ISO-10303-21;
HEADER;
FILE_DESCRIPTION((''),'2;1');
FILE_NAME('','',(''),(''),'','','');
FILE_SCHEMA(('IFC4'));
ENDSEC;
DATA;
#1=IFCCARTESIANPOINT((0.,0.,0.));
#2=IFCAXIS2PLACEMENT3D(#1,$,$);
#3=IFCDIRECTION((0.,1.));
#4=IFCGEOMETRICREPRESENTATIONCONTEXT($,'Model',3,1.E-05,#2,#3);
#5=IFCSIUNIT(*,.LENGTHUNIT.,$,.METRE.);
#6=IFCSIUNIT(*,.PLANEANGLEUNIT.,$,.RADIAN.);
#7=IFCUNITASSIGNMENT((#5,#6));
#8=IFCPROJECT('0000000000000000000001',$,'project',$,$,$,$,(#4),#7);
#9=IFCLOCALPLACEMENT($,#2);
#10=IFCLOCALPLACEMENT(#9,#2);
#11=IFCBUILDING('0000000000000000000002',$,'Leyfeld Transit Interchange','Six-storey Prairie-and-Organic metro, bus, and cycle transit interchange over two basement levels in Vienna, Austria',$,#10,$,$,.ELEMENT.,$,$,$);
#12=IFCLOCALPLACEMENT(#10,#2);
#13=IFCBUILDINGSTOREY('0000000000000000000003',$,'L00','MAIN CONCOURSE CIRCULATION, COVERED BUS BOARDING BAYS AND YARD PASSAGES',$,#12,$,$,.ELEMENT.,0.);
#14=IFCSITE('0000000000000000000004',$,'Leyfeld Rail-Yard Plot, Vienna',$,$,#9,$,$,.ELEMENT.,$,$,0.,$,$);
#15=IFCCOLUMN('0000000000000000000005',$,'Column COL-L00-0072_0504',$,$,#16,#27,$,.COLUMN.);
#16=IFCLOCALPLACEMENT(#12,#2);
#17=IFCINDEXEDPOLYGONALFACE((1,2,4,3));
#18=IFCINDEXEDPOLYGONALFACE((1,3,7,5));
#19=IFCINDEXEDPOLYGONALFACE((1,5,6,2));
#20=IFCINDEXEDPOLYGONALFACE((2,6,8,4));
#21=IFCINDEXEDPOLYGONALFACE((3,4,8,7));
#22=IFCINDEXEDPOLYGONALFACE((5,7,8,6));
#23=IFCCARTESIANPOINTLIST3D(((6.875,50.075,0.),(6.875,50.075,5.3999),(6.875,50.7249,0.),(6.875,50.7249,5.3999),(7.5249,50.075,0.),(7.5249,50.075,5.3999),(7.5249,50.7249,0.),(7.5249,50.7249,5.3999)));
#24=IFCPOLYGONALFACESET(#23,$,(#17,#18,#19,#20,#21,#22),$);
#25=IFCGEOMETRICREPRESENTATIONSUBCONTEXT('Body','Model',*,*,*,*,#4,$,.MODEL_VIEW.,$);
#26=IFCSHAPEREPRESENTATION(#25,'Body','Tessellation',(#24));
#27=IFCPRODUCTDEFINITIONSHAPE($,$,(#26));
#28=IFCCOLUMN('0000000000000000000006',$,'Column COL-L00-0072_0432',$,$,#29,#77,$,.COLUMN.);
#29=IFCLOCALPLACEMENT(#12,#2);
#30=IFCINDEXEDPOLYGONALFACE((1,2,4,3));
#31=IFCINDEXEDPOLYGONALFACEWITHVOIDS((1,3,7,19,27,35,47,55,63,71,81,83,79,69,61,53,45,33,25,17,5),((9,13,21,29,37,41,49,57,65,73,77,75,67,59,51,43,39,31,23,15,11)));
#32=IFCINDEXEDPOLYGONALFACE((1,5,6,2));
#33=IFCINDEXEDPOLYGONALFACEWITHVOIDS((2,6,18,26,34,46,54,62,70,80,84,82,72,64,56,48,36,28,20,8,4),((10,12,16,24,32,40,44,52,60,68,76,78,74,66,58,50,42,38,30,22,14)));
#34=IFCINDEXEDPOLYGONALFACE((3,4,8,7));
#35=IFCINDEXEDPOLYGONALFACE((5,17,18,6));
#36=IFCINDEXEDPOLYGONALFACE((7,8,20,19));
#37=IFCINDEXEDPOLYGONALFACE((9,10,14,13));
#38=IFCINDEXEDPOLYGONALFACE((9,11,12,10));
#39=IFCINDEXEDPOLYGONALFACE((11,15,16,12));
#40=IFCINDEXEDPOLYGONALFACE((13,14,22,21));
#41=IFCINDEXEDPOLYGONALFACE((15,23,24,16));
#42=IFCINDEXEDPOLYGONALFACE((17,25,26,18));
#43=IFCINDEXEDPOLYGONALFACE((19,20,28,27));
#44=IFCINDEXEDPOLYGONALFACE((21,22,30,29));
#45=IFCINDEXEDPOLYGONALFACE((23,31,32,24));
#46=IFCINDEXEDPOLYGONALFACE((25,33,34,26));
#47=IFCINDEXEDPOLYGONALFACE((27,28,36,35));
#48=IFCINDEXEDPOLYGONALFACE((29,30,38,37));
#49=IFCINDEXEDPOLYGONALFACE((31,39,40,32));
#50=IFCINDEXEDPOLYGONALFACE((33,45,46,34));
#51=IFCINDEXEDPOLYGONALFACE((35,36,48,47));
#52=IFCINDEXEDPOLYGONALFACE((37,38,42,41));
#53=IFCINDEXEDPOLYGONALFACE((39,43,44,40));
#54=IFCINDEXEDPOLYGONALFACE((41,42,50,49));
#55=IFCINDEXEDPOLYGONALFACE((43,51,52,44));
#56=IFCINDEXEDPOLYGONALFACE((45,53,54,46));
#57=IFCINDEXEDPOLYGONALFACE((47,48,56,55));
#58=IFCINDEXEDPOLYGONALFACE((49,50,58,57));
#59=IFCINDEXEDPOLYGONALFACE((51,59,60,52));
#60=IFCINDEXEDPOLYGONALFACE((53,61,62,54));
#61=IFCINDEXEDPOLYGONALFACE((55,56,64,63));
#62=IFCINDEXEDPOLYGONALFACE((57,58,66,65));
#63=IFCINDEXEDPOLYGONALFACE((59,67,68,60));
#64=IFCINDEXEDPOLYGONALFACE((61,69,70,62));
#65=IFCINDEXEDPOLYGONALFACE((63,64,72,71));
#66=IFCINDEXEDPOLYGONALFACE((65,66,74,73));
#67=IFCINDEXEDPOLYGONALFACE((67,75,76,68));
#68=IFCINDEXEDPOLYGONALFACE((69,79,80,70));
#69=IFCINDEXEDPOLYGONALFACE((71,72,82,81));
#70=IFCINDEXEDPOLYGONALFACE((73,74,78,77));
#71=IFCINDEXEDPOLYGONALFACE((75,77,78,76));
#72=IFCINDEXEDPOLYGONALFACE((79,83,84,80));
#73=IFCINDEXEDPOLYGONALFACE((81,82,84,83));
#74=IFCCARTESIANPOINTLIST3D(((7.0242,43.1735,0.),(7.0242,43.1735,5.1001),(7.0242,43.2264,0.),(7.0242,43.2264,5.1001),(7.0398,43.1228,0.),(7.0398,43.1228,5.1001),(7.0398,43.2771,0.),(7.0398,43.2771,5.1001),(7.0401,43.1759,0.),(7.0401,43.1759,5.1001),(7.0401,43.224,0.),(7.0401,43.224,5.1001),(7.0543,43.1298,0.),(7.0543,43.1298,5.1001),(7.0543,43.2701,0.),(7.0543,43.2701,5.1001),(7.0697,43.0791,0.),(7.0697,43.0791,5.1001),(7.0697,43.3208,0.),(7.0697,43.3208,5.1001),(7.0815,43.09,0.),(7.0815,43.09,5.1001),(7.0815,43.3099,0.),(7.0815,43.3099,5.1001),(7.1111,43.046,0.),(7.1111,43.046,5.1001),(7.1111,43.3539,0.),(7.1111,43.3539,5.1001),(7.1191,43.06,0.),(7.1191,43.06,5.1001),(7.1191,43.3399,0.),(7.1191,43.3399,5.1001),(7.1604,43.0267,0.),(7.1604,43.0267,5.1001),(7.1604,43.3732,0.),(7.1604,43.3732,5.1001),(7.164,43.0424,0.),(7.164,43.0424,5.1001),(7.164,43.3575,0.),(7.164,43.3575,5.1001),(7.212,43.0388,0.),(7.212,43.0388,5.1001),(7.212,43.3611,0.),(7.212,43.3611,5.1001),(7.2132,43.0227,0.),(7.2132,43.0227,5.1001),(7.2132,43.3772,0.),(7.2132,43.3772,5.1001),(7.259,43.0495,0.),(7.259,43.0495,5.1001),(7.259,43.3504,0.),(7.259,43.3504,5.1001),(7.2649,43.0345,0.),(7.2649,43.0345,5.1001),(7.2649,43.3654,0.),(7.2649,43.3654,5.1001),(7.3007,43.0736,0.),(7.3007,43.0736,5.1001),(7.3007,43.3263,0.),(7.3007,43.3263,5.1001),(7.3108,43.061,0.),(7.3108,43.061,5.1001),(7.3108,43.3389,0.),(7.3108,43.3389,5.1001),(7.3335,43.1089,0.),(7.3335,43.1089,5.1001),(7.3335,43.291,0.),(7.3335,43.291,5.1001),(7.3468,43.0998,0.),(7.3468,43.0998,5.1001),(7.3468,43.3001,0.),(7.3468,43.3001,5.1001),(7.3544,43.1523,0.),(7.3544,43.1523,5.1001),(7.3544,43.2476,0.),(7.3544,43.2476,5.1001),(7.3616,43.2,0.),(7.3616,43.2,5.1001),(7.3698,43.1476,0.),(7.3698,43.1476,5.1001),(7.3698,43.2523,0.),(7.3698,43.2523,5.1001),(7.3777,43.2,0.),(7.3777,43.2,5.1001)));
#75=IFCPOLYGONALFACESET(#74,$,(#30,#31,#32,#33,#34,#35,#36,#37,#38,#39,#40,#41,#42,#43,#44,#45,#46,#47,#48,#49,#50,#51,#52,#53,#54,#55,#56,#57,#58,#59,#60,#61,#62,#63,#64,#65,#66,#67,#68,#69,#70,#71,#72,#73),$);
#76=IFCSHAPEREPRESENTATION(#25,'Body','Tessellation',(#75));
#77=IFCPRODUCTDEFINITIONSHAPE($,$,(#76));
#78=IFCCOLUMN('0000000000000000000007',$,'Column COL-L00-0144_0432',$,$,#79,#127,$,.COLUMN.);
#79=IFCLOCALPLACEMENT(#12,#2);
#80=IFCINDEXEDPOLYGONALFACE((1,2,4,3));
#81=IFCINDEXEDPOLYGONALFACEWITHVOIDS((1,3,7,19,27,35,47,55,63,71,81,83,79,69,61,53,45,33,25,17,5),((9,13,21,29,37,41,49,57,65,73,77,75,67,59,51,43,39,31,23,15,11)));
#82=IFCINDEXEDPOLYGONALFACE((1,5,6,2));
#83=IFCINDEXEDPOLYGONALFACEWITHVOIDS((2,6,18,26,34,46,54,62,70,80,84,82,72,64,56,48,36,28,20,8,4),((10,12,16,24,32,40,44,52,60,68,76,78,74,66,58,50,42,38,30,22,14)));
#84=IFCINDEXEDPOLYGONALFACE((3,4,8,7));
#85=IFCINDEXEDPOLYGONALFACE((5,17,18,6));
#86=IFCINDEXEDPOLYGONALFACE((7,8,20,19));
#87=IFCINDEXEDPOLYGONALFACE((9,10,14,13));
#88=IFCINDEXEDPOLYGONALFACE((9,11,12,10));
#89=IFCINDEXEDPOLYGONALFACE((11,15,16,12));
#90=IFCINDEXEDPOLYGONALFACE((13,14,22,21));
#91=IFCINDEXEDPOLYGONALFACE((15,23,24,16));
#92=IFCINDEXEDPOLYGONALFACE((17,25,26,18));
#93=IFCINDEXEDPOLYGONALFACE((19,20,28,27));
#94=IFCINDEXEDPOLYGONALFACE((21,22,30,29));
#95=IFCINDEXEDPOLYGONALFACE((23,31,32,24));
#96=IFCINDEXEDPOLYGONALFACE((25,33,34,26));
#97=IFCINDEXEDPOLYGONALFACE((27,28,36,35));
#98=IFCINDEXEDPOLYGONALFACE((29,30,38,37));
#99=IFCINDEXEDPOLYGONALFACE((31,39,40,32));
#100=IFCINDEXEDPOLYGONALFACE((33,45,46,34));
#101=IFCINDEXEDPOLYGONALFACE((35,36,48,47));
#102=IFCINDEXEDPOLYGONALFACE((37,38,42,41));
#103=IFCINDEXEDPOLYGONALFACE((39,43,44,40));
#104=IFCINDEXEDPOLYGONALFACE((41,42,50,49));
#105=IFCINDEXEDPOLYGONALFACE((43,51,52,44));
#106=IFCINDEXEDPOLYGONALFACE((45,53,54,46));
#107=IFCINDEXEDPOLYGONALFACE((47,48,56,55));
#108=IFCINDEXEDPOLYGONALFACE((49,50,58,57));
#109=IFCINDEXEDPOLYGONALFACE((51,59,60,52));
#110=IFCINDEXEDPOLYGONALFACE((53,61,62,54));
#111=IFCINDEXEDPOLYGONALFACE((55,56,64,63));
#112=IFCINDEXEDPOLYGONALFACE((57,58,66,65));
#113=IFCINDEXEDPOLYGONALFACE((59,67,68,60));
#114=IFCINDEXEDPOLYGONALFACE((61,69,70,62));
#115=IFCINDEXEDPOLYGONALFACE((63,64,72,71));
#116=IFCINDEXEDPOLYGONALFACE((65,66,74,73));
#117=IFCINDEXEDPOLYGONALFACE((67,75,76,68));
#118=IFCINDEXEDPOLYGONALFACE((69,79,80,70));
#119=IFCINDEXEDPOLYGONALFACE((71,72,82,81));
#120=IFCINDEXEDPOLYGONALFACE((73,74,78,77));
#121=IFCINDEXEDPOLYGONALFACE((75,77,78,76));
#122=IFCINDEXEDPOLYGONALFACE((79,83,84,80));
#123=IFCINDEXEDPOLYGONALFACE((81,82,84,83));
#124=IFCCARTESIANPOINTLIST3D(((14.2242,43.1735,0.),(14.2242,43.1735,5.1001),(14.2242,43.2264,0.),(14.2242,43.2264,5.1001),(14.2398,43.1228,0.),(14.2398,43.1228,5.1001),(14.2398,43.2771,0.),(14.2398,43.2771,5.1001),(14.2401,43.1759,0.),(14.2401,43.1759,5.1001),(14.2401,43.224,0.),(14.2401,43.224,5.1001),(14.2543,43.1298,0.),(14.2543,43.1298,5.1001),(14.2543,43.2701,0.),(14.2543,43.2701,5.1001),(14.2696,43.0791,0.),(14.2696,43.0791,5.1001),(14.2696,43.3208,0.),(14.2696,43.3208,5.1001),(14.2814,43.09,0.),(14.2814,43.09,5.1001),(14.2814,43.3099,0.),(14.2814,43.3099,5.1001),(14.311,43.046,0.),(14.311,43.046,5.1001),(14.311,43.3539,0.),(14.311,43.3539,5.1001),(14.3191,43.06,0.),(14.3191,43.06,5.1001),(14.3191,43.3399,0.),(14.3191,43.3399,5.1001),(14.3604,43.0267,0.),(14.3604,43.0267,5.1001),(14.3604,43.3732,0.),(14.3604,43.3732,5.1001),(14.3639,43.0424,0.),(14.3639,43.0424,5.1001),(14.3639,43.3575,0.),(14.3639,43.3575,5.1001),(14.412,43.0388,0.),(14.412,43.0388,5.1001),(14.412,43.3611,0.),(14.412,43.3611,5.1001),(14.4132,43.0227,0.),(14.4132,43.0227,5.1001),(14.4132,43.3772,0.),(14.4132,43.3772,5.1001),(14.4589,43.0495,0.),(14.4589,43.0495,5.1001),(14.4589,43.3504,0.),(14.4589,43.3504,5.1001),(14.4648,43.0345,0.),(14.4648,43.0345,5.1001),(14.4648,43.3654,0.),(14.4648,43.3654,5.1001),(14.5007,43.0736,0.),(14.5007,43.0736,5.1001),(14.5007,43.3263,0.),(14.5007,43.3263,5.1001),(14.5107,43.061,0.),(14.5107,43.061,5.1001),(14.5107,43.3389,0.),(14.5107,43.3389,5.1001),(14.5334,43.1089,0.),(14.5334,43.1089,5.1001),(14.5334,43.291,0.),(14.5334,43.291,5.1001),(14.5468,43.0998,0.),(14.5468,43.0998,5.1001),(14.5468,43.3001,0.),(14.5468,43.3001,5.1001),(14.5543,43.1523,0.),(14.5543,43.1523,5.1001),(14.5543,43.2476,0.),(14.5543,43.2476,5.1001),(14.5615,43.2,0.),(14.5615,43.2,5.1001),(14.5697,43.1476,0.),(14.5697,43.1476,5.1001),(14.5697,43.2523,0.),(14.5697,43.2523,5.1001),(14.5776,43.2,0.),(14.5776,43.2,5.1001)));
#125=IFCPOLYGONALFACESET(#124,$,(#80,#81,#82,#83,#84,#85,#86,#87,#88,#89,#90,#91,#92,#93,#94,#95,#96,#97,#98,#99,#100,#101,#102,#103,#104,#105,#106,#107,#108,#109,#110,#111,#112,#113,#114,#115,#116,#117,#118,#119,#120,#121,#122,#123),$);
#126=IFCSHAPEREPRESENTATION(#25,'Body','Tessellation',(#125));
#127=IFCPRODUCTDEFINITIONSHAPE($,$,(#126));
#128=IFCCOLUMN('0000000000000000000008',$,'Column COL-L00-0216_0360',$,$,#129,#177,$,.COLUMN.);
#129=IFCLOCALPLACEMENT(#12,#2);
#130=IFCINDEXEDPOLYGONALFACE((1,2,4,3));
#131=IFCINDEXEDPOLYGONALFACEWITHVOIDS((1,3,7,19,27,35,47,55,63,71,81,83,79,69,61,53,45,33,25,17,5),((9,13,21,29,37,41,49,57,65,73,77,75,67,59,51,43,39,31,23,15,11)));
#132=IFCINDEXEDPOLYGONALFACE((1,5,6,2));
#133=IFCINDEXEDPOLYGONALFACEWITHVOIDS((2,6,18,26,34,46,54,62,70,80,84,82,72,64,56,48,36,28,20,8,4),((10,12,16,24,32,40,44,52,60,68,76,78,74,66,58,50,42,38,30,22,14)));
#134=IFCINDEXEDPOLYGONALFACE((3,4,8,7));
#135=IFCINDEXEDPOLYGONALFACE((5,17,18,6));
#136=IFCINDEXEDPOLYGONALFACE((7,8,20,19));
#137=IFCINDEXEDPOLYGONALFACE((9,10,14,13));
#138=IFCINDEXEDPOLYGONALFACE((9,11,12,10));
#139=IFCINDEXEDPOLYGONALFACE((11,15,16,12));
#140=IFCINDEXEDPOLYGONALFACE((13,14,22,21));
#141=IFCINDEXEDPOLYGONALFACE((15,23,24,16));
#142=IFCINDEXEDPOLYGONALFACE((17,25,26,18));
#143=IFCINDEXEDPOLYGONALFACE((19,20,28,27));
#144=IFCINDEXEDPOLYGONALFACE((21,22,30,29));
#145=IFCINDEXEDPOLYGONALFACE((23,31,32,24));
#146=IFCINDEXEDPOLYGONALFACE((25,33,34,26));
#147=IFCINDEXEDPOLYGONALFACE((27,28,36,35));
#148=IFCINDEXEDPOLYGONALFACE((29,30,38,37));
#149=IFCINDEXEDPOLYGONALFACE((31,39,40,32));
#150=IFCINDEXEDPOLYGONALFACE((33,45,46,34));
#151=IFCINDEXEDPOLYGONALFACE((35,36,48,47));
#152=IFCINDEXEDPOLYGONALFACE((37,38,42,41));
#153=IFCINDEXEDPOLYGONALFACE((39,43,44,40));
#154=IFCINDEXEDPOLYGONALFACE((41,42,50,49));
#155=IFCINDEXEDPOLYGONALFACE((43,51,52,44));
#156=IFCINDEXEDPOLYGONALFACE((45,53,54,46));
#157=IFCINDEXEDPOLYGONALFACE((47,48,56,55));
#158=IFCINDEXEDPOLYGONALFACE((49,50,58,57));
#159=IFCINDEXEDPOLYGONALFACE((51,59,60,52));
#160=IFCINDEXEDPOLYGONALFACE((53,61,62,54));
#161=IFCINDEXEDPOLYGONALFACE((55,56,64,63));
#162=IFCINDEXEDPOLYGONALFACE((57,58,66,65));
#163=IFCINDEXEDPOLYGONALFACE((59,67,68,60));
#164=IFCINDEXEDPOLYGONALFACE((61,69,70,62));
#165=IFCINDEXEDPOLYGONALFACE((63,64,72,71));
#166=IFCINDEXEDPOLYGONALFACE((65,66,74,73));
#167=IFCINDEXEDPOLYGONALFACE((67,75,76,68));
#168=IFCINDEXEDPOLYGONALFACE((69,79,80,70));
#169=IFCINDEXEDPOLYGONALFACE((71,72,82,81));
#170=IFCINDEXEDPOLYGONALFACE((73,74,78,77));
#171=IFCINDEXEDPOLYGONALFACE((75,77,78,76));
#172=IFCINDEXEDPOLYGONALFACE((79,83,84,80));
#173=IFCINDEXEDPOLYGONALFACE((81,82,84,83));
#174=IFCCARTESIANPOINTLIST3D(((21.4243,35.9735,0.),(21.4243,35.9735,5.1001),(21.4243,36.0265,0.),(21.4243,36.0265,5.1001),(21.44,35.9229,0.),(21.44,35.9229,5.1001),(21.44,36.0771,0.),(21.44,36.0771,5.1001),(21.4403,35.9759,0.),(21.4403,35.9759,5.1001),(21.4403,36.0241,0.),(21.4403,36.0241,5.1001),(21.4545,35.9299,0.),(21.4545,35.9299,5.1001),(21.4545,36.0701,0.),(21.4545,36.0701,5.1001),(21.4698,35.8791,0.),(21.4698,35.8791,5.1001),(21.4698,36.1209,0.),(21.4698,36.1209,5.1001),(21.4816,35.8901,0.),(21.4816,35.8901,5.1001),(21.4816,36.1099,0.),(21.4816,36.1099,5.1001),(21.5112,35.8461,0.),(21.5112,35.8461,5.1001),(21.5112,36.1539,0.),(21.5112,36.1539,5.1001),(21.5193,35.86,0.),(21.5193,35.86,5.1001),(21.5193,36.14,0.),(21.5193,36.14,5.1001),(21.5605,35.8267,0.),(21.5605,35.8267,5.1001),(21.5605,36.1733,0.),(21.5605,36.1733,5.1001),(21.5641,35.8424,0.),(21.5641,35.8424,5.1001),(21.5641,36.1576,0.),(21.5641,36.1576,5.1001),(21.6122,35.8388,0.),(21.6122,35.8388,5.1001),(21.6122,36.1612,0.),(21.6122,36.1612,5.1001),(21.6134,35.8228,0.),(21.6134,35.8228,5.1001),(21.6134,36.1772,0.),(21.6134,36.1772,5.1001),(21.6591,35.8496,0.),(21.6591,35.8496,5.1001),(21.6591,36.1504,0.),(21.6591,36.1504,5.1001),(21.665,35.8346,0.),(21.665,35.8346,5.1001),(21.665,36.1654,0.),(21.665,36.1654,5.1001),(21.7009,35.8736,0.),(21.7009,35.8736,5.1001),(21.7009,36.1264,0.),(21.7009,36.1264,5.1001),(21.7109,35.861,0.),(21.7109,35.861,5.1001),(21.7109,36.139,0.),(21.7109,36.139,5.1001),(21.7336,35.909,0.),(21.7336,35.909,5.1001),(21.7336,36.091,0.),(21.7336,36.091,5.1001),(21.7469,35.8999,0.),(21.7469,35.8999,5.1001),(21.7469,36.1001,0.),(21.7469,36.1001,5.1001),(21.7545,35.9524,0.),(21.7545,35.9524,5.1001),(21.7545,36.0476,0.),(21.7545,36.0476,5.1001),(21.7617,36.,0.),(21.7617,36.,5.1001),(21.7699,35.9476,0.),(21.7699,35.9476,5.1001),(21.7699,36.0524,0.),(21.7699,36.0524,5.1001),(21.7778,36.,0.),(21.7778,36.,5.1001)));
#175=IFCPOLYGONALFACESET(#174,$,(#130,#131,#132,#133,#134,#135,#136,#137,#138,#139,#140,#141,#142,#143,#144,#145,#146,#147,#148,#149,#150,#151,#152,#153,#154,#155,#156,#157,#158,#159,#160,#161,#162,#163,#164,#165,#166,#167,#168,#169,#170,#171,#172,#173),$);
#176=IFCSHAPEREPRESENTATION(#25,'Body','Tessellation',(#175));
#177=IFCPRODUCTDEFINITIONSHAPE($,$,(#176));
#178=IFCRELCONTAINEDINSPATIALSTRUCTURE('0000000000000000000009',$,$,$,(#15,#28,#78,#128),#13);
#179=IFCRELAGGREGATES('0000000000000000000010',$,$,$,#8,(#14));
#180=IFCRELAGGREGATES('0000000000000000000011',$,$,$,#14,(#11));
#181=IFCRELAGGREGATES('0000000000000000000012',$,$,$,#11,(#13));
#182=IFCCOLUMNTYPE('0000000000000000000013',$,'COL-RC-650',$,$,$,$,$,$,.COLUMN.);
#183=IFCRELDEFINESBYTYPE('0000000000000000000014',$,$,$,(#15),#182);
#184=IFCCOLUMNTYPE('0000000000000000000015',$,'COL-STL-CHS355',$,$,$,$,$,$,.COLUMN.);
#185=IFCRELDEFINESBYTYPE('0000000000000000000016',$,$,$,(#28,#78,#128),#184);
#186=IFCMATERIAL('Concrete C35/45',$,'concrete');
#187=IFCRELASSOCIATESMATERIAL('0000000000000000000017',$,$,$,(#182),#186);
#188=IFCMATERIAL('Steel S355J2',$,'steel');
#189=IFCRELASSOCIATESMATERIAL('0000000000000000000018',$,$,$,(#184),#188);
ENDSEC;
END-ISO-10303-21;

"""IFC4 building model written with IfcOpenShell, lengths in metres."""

from ifc_helpers import new_model, si_unit, direction, frame, origin, origin_2d, place, context, subcontext, project, spatial, rectangle, hollow_circle, extrude, material, material_profile, profile_set, type_object, element, save


model = new_model("IFC4")

# Units and contexts
model_context = context("Model", 3, precision=1e-05, world=origin(), true_north=direction((0.0, 1.0)))
body_context = subcontext(model_context, "Body", "Model", "MODEL_VIEW")
ifc_project = project(units=[si_unit("LENGTHUNIT", "METRE"), si_unit("PLANEANGLEUNIT", "RADIAN")], contexts=[model_context])

# Site, building, storey
site_placement = place(None, origin())
site = spatial("IfcSite", under=ifc_project, at=site_placement, Name="Leyfeld Rail-Yard Plot, Vienna", CompositionType="ELEMENT", RefElevation=0.0)
building_placement = place(site_placement, origin())
building = spatial("IfcBuilding", under=site, at=building_placement, Name="Leyfeld Transit Interchange", Description="Six-storey Prairie-and-Organic metro, bus, and cycle transit interchange over two basement levels in Vienna, Austria", CompositionType="ELEMENT")
storey_placement = place(building_placement, origin())
storey = spatial("IfcBuildingStorey", under=building, at=storey_placement, Name="L00", Description="MAIN CONCOURSE CIRCULATION, COVERED BUS BOARDING BAYS AND YARD PASSAGES", CompositionType="ELEMENT", Elevation=0.0)

# Columns
ifc_material_1 = material(Name="Concrete C35/45", Category="concrete")
ifc_material_profile_1 = material_profile(ifc_material_1, rectangle(XDim=0.6499, YDim=0.6499, at=origin_2d()), Name="RC 650x650")
ifc_profile_set_1 = profile_set([ifc_material_profile_1], Name="Concrete C35/45")
column_type_1 = type_object("IfcColumnType", Name="COL-RC-650", PredefinedType="COLUMN", material=ifc_profile_set_1)
column_placement = place(storey_placement, frame((7.2, 50.3999, 0.0), z_axis=(0.0, 0.0, 1.0), x_axis=(1.0, 0.0, 0.0)))
element("IfcColumn", 1, at=column_placement, inside=storey, type_object=column_type_1, Name="Column COL-L00-0072_0504", PredefinedType="COLUMN", context=body_context, shape_type="SweptSolid", body=[
    extrude(rectangle(XDim=0.6499, YDim=0.6499, at=origin_2d()), origin(), (0.0, 0.0, 1.0), 5.3999),
])
ifc_material_2 = material(Name="Steel S355J2", Category="steel")
ifc_material_profile_2 = material_profile(ifc_material_2, hollow_circle(Radius=0.1777, WallThickness=0.0161, at=origin_2d()), Name="CHS 355.6x16")
ifc_profile_set_2 = profile_set([ifc_material_profile_2], Name="Steel S355J2")
column_type_2 = type_object("IfcColumnType", Name="COL-STL-CHS355", PredefinedType="COLUMN", material=ifc_profile_set_2)
for number, where, z_axis, x_axis, name in (
    (2, (7.2, 43.2, 0.0), (0.0, 0.0, 1.0), (1.0, 0.0, 0.0), "Column COL-L00-0072_0432"),
    (3, (14.3999, 43.2, 0.0), (0.0, 0.0, 1.0), (1.0, 0.0, 0.0), "Column COL-L00-0144_0432"),
    (4, (21.6001, 36.0, 0.0), (0.0, 0.0, 1.0), (1.0, 0.0, 0.0), "Column COL-L00-0216_0360"),
):
    element("IfcColumn", number, at=place(storey_placement, frame(where, z_axis=z_axis, x_axis=x_axis)), inside=storey, type_object=column_type_2, Name=name, PredefinedType="COLUMN", context=body_context, shape_type="SweptSolid", body=[
        extrude(hollow_circle(Radius=0.1777, WallThickness=0.0161, at=origin_2d()), origin(), (0.0, 0.0, 1.0), 5.1001),
    ])

save(model, "model.ifc")
